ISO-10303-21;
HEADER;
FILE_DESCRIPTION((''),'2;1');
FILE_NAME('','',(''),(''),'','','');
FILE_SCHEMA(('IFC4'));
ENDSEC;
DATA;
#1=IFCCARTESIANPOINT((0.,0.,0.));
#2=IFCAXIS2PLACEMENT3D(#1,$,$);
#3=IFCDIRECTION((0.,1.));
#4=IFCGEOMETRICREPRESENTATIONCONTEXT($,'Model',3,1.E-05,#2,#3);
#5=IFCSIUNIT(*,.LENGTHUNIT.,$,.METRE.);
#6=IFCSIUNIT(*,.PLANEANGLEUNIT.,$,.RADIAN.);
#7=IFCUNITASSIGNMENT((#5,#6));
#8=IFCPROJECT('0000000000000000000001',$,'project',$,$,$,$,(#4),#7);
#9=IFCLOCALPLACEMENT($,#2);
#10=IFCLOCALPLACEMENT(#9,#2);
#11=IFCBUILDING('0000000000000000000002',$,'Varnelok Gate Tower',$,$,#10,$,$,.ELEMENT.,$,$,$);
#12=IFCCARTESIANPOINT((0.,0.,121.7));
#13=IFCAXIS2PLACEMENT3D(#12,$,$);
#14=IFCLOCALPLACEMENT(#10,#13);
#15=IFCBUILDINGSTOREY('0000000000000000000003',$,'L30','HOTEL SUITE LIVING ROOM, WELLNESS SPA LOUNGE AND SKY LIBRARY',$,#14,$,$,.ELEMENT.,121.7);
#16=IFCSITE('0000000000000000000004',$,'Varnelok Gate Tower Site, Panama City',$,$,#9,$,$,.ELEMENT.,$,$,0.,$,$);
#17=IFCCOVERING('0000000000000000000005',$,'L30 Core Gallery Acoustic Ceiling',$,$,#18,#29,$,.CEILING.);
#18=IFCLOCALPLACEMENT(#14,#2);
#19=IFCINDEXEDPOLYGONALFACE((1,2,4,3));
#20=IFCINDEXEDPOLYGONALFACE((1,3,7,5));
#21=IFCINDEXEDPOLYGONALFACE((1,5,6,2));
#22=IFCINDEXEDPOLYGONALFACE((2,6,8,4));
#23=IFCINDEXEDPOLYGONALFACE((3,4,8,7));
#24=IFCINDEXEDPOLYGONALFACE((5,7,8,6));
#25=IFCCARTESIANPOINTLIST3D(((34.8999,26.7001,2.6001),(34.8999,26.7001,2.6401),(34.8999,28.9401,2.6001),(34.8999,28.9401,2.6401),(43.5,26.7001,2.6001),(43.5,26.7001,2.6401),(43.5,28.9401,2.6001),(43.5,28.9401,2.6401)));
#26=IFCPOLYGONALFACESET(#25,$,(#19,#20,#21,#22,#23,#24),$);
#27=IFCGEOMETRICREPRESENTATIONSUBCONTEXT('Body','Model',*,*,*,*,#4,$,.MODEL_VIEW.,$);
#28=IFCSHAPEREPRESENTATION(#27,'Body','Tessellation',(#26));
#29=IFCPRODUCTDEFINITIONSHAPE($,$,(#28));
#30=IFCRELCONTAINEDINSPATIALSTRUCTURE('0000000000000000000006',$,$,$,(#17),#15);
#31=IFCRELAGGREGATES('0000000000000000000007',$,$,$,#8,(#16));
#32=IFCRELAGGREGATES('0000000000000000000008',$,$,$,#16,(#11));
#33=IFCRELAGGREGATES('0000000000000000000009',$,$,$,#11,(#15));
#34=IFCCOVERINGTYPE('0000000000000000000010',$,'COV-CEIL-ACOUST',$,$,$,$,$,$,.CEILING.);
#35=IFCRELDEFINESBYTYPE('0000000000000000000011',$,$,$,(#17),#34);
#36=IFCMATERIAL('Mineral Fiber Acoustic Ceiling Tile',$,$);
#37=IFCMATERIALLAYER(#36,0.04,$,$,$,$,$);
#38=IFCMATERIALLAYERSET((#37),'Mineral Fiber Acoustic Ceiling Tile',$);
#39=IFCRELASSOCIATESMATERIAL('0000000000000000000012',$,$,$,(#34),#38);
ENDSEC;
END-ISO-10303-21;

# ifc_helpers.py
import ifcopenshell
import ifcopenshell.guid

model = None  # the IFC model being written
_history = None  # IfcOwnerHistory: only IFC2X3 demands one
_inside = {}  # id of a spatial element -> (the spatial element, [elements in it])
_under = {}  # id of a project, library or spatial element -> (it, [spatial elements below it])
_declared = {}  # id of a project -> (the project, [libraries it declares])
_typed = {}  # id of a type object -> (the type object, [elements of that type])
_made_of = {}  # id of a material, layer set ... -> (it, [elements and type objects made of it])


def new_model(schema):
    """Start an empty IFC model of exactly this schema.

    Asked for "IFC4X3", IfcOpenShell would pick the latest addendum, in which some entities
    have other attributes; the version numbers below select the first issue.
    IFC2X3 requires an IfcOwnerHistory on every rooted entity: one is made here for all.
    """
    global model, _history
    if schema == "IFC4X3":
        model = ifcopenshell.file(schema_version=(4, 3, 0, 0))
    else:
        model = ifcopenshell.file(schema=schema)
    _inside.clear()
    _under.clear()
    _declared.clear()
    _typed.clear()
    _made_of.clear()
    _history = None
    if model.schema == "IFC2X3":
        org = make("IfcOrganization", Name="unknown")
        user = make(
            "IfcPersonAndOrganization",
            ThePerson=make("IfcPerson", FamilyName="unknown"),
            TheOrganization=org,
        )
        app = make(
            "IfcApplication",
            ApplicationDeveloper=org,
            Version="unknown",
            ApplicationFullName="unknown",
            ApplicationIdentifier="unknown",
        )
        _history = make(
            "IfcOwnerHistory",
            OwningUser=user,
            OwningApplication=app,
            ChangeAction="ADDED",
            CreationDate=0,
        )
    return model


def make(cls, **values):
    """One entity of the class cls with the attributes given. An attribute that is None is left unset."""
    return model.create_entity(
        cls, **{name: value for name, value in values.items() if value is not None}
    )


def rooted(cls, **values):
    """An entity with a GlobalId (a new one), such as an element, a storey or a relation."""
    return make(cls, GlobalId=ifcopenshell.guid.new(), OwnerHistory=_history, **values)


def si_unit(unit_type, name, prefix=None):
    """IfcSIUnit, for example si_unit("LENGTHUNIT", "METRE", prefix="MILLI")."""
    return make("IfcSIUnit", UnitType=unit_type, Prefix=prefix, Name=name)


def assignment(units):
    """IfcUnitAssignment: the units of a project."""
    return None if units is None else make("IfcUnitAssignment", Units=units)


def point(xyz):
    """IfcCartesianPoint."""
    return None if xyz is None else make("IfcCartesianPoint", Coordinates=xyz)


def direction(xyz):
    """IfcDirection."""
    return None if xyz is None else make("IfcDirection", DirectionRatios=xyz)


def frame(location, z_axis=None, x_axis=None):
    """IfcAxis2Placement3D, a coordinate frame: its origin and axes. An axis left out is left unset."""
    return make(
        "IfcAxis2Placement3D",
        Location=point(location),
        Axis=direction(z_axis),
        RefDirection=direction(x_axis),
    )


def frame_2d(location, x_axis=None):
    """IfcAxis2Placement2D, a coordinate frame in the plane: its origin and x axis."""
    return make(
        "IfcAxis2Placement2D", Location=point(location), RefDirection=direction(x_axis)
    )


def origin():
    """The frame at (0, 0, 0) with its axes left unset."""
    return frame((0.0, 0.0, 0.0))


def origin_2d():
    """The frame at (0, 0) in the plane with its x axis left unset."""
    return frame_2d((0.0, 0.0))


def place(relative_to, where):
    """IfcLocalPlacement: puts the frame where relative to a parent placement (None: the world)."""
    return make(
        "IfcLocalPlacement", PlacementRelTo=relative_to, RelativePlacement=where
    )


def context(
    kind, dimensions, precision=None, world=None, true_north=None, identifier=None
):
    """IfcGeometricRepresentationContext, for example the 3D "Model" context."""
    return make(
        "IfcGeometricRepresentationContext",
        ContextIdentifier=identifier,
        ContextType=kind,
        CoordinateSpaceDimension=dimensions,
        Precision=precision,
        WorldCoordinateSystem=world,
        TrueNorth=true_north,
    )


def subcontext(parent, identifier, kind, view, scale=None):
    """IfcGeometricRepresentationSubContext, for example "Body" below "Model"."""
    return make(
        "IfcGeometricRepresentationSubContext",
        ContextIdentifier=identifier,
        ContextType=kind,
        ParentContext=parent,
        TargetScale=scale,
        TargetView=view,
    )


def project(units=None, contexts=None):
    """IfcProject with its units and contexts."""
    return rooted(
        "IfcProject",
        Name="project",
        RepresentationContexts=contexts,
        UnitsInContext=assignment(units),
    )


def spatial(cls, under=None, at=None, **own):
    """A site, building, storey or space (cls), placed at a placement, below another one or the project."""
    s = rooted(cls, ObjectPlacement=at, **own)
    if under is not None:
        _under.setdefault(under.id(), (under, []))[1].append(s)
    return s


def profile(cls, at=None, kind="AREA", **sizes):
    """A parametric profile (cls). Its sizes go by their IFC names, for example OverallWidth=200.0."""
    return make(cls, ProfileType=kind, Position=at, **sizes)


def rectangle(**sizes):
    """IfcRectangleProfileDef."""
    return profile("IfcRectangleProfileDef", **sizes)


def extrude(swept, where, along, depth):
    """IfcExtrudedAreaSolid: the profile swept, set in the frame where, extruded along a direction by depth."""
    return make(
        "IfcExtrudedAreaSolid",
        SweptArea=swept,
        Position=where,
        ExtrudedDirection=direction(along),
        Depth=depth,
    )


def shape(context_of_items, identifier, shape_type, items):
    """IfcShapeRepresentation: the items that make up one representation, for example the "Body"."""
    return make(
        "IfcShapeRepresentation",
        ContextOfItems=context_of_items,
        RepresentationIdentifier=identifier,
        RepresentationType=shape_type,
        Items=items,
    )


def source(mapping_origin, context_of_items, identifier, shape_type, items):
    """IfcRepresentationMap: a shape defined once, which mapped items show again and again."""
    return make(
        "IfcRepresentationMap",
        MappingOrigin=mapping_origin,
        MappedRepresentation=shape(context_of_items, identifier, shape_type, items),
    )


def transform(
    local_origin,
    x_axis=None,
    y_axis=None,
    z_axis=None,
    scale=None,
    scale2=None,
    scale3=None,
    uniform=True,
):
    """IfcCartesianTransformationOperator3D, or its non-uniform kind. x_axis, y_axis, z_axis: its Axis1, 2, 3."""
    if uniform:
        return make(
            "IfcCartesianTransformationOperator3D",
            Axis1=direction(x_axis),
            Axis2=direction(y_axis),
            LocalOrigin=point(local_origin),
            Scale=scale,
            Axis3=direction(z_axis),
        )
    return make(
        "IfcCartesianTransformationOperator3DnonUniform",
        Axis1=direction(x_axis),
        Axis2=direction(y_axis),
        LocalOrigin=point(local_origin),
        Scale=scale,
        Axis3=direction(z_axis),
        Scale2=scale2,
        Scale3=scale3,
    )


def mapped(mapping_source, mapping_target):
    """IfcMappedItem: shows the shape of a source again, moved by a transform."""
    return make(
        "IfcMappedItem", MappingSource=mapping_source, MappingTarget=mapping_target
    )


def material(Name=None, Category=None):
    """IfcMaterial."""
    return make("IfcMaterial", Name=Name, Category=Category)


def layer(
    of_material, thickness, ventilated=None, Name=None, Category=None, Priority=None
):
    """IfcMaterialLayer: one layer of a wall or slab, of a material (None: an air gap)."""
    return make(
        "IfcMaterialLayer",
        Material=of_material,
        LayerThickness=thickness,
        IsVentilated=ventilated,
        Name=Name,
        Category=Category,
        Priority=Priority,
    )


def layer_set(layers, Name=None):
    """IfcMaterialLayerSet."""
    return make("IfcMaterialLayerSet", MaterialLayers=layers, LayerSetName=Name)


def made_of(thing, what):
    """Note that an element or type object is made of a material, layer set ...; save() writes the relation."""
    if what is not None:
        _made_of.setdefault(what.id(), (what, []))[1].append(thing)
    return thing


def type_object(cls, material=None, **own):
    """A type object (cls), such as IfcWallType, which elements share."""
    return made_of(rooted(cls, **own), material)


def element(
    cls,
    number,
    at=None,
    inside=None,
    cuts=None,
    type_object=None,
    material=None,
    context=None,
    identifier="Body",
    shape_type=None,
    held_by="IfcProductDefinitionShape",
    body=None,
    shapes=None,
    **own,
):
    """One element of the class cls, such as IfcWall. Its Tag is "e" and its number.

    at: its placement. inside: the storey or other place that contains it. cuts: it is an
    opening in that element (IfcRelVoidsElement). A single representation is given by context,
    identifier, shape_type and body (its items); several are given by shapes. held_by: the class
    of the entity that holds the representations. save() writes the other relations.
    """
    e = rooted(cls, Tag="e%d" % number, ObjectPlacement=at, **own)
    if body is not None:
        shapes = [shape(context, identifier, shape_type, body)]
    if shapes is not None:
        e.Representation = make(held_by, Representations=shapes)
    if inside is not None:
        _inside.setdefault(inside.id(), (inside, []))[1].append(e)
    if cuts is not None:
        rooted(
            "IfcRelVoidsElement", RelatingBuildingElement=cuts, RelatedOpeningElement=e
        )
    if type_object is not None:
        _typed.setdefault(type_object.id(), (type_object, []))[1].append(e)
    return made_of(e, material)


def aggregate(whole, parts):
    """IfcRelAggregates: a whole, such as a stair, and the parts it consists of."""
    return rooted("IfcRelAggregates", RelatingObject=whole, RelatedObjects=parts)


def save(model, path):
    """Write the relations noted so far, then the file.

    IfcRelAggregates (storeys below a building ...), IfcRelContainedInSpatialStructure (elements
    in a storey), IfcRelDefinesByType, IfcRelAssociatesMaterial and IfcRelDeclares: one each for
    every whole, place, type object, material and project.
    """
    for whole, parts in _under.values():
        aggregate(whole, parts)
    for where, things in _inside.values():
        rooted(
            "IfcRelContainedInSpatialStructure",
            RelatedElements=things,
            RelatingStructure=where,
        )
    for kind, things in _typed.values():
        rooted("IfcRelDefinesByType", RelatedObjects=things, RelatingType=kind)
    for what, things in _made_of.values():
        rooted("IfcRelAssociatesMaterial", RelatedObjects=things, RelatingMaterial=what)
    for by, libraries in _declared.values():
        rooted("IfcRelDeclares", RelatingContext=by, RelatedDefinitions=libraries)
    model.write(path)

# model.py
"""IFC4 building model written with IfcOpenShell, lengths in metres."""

from ifc_helpers import new_model, si_unit, direction, frame, origin, origin_2d, place, context, subcontext, project, spatial, rectangle, extrude, source, transform, mapped, material, layer, layer_set, type_object, element, save


model = new_model("IFC4")

# Units and contexts
model_context = context("Model", 3, precision=1e-05, world=origin(), true_north=direction((0.0, 1.0)))
body_context = subcontext(model_context, "Body", "Model", "MODEL_VIEW")
ifc_project = project(units=[si_unit("LENGTHUNIT", "METRE"), si_unit("PLANEANGLEUNIT", "RADIAN")], contexts=[model_context])

# Site, building, storey
site_placement = place(None, origin())
site = spatial("IfcSite", under=ifc_project, at=site_placement, Name="Varnelok Gate Tower Site, Panama City", CompositionType="ELEMENT", RefElevation=0.0)
building_placement = place(site_placement, origin())
building = spatial("IfcBuilding", under=site, at=building_placement, Name="Varnelok Gate Tower", CompositionType="ELEMENT")
storey_placement = place(building_placement, frame((0.0, 0.0, 121.7)))
storey = spatial("IfcBuildingStorey", under=building, at=storey_placement, Name="L30", Description="HOTEL SUITE LIVING ROOM, WELLNESS SPA LOUNGE AND SKY LIBRARY", CompositionType="ELEMENT", Elevation=121.7)

# Covering
ifc_material_1 = material(Name="Mineral Fiber Acoustic Ceiling Tile")
ifc_layer_1 = layer(ifc_material_1, 0.04)
ifc_layer_set_1 = layer_set([ifc_layer_1], Name="Mineral Fiber Acoustic Ceiling Tile")
covering_type_1 = type_object("IfcCoveringType", Name="COV-CEIL-ACOUST", PredefinedType="CEILING", material=ifc_layer_set_1)
shared_shape_1 = source(origin(), body_context, "Body", "SweptSolid", [
    extrude(rectangle(XDim=8.6001, YDim=2.24, at=origin_2d()), origin(), (0.0, 0.0, 1.0), 0.04),
])
covering_1_placement = place(storey_placement, frame((39.2, 27.8201, 2.6001), z_axis=(0.0, 0.0, 1.0), x_axis=(1.0, 0.0, 0.0)))
element("IfcCovering", 1, at=covering_1_placement, inside=storey, type_object=covering_type_1, Name="L30 Core Gallery Acoustic Ceiling", PredefinedType="CEILING", context=body_context, shape_type="MappedRepresentation", body=[
    mapped(shared_shape_1, transform((0.0, 0.0, 0.0), scale=1.0)),
])

save(model, "model.ifc")
